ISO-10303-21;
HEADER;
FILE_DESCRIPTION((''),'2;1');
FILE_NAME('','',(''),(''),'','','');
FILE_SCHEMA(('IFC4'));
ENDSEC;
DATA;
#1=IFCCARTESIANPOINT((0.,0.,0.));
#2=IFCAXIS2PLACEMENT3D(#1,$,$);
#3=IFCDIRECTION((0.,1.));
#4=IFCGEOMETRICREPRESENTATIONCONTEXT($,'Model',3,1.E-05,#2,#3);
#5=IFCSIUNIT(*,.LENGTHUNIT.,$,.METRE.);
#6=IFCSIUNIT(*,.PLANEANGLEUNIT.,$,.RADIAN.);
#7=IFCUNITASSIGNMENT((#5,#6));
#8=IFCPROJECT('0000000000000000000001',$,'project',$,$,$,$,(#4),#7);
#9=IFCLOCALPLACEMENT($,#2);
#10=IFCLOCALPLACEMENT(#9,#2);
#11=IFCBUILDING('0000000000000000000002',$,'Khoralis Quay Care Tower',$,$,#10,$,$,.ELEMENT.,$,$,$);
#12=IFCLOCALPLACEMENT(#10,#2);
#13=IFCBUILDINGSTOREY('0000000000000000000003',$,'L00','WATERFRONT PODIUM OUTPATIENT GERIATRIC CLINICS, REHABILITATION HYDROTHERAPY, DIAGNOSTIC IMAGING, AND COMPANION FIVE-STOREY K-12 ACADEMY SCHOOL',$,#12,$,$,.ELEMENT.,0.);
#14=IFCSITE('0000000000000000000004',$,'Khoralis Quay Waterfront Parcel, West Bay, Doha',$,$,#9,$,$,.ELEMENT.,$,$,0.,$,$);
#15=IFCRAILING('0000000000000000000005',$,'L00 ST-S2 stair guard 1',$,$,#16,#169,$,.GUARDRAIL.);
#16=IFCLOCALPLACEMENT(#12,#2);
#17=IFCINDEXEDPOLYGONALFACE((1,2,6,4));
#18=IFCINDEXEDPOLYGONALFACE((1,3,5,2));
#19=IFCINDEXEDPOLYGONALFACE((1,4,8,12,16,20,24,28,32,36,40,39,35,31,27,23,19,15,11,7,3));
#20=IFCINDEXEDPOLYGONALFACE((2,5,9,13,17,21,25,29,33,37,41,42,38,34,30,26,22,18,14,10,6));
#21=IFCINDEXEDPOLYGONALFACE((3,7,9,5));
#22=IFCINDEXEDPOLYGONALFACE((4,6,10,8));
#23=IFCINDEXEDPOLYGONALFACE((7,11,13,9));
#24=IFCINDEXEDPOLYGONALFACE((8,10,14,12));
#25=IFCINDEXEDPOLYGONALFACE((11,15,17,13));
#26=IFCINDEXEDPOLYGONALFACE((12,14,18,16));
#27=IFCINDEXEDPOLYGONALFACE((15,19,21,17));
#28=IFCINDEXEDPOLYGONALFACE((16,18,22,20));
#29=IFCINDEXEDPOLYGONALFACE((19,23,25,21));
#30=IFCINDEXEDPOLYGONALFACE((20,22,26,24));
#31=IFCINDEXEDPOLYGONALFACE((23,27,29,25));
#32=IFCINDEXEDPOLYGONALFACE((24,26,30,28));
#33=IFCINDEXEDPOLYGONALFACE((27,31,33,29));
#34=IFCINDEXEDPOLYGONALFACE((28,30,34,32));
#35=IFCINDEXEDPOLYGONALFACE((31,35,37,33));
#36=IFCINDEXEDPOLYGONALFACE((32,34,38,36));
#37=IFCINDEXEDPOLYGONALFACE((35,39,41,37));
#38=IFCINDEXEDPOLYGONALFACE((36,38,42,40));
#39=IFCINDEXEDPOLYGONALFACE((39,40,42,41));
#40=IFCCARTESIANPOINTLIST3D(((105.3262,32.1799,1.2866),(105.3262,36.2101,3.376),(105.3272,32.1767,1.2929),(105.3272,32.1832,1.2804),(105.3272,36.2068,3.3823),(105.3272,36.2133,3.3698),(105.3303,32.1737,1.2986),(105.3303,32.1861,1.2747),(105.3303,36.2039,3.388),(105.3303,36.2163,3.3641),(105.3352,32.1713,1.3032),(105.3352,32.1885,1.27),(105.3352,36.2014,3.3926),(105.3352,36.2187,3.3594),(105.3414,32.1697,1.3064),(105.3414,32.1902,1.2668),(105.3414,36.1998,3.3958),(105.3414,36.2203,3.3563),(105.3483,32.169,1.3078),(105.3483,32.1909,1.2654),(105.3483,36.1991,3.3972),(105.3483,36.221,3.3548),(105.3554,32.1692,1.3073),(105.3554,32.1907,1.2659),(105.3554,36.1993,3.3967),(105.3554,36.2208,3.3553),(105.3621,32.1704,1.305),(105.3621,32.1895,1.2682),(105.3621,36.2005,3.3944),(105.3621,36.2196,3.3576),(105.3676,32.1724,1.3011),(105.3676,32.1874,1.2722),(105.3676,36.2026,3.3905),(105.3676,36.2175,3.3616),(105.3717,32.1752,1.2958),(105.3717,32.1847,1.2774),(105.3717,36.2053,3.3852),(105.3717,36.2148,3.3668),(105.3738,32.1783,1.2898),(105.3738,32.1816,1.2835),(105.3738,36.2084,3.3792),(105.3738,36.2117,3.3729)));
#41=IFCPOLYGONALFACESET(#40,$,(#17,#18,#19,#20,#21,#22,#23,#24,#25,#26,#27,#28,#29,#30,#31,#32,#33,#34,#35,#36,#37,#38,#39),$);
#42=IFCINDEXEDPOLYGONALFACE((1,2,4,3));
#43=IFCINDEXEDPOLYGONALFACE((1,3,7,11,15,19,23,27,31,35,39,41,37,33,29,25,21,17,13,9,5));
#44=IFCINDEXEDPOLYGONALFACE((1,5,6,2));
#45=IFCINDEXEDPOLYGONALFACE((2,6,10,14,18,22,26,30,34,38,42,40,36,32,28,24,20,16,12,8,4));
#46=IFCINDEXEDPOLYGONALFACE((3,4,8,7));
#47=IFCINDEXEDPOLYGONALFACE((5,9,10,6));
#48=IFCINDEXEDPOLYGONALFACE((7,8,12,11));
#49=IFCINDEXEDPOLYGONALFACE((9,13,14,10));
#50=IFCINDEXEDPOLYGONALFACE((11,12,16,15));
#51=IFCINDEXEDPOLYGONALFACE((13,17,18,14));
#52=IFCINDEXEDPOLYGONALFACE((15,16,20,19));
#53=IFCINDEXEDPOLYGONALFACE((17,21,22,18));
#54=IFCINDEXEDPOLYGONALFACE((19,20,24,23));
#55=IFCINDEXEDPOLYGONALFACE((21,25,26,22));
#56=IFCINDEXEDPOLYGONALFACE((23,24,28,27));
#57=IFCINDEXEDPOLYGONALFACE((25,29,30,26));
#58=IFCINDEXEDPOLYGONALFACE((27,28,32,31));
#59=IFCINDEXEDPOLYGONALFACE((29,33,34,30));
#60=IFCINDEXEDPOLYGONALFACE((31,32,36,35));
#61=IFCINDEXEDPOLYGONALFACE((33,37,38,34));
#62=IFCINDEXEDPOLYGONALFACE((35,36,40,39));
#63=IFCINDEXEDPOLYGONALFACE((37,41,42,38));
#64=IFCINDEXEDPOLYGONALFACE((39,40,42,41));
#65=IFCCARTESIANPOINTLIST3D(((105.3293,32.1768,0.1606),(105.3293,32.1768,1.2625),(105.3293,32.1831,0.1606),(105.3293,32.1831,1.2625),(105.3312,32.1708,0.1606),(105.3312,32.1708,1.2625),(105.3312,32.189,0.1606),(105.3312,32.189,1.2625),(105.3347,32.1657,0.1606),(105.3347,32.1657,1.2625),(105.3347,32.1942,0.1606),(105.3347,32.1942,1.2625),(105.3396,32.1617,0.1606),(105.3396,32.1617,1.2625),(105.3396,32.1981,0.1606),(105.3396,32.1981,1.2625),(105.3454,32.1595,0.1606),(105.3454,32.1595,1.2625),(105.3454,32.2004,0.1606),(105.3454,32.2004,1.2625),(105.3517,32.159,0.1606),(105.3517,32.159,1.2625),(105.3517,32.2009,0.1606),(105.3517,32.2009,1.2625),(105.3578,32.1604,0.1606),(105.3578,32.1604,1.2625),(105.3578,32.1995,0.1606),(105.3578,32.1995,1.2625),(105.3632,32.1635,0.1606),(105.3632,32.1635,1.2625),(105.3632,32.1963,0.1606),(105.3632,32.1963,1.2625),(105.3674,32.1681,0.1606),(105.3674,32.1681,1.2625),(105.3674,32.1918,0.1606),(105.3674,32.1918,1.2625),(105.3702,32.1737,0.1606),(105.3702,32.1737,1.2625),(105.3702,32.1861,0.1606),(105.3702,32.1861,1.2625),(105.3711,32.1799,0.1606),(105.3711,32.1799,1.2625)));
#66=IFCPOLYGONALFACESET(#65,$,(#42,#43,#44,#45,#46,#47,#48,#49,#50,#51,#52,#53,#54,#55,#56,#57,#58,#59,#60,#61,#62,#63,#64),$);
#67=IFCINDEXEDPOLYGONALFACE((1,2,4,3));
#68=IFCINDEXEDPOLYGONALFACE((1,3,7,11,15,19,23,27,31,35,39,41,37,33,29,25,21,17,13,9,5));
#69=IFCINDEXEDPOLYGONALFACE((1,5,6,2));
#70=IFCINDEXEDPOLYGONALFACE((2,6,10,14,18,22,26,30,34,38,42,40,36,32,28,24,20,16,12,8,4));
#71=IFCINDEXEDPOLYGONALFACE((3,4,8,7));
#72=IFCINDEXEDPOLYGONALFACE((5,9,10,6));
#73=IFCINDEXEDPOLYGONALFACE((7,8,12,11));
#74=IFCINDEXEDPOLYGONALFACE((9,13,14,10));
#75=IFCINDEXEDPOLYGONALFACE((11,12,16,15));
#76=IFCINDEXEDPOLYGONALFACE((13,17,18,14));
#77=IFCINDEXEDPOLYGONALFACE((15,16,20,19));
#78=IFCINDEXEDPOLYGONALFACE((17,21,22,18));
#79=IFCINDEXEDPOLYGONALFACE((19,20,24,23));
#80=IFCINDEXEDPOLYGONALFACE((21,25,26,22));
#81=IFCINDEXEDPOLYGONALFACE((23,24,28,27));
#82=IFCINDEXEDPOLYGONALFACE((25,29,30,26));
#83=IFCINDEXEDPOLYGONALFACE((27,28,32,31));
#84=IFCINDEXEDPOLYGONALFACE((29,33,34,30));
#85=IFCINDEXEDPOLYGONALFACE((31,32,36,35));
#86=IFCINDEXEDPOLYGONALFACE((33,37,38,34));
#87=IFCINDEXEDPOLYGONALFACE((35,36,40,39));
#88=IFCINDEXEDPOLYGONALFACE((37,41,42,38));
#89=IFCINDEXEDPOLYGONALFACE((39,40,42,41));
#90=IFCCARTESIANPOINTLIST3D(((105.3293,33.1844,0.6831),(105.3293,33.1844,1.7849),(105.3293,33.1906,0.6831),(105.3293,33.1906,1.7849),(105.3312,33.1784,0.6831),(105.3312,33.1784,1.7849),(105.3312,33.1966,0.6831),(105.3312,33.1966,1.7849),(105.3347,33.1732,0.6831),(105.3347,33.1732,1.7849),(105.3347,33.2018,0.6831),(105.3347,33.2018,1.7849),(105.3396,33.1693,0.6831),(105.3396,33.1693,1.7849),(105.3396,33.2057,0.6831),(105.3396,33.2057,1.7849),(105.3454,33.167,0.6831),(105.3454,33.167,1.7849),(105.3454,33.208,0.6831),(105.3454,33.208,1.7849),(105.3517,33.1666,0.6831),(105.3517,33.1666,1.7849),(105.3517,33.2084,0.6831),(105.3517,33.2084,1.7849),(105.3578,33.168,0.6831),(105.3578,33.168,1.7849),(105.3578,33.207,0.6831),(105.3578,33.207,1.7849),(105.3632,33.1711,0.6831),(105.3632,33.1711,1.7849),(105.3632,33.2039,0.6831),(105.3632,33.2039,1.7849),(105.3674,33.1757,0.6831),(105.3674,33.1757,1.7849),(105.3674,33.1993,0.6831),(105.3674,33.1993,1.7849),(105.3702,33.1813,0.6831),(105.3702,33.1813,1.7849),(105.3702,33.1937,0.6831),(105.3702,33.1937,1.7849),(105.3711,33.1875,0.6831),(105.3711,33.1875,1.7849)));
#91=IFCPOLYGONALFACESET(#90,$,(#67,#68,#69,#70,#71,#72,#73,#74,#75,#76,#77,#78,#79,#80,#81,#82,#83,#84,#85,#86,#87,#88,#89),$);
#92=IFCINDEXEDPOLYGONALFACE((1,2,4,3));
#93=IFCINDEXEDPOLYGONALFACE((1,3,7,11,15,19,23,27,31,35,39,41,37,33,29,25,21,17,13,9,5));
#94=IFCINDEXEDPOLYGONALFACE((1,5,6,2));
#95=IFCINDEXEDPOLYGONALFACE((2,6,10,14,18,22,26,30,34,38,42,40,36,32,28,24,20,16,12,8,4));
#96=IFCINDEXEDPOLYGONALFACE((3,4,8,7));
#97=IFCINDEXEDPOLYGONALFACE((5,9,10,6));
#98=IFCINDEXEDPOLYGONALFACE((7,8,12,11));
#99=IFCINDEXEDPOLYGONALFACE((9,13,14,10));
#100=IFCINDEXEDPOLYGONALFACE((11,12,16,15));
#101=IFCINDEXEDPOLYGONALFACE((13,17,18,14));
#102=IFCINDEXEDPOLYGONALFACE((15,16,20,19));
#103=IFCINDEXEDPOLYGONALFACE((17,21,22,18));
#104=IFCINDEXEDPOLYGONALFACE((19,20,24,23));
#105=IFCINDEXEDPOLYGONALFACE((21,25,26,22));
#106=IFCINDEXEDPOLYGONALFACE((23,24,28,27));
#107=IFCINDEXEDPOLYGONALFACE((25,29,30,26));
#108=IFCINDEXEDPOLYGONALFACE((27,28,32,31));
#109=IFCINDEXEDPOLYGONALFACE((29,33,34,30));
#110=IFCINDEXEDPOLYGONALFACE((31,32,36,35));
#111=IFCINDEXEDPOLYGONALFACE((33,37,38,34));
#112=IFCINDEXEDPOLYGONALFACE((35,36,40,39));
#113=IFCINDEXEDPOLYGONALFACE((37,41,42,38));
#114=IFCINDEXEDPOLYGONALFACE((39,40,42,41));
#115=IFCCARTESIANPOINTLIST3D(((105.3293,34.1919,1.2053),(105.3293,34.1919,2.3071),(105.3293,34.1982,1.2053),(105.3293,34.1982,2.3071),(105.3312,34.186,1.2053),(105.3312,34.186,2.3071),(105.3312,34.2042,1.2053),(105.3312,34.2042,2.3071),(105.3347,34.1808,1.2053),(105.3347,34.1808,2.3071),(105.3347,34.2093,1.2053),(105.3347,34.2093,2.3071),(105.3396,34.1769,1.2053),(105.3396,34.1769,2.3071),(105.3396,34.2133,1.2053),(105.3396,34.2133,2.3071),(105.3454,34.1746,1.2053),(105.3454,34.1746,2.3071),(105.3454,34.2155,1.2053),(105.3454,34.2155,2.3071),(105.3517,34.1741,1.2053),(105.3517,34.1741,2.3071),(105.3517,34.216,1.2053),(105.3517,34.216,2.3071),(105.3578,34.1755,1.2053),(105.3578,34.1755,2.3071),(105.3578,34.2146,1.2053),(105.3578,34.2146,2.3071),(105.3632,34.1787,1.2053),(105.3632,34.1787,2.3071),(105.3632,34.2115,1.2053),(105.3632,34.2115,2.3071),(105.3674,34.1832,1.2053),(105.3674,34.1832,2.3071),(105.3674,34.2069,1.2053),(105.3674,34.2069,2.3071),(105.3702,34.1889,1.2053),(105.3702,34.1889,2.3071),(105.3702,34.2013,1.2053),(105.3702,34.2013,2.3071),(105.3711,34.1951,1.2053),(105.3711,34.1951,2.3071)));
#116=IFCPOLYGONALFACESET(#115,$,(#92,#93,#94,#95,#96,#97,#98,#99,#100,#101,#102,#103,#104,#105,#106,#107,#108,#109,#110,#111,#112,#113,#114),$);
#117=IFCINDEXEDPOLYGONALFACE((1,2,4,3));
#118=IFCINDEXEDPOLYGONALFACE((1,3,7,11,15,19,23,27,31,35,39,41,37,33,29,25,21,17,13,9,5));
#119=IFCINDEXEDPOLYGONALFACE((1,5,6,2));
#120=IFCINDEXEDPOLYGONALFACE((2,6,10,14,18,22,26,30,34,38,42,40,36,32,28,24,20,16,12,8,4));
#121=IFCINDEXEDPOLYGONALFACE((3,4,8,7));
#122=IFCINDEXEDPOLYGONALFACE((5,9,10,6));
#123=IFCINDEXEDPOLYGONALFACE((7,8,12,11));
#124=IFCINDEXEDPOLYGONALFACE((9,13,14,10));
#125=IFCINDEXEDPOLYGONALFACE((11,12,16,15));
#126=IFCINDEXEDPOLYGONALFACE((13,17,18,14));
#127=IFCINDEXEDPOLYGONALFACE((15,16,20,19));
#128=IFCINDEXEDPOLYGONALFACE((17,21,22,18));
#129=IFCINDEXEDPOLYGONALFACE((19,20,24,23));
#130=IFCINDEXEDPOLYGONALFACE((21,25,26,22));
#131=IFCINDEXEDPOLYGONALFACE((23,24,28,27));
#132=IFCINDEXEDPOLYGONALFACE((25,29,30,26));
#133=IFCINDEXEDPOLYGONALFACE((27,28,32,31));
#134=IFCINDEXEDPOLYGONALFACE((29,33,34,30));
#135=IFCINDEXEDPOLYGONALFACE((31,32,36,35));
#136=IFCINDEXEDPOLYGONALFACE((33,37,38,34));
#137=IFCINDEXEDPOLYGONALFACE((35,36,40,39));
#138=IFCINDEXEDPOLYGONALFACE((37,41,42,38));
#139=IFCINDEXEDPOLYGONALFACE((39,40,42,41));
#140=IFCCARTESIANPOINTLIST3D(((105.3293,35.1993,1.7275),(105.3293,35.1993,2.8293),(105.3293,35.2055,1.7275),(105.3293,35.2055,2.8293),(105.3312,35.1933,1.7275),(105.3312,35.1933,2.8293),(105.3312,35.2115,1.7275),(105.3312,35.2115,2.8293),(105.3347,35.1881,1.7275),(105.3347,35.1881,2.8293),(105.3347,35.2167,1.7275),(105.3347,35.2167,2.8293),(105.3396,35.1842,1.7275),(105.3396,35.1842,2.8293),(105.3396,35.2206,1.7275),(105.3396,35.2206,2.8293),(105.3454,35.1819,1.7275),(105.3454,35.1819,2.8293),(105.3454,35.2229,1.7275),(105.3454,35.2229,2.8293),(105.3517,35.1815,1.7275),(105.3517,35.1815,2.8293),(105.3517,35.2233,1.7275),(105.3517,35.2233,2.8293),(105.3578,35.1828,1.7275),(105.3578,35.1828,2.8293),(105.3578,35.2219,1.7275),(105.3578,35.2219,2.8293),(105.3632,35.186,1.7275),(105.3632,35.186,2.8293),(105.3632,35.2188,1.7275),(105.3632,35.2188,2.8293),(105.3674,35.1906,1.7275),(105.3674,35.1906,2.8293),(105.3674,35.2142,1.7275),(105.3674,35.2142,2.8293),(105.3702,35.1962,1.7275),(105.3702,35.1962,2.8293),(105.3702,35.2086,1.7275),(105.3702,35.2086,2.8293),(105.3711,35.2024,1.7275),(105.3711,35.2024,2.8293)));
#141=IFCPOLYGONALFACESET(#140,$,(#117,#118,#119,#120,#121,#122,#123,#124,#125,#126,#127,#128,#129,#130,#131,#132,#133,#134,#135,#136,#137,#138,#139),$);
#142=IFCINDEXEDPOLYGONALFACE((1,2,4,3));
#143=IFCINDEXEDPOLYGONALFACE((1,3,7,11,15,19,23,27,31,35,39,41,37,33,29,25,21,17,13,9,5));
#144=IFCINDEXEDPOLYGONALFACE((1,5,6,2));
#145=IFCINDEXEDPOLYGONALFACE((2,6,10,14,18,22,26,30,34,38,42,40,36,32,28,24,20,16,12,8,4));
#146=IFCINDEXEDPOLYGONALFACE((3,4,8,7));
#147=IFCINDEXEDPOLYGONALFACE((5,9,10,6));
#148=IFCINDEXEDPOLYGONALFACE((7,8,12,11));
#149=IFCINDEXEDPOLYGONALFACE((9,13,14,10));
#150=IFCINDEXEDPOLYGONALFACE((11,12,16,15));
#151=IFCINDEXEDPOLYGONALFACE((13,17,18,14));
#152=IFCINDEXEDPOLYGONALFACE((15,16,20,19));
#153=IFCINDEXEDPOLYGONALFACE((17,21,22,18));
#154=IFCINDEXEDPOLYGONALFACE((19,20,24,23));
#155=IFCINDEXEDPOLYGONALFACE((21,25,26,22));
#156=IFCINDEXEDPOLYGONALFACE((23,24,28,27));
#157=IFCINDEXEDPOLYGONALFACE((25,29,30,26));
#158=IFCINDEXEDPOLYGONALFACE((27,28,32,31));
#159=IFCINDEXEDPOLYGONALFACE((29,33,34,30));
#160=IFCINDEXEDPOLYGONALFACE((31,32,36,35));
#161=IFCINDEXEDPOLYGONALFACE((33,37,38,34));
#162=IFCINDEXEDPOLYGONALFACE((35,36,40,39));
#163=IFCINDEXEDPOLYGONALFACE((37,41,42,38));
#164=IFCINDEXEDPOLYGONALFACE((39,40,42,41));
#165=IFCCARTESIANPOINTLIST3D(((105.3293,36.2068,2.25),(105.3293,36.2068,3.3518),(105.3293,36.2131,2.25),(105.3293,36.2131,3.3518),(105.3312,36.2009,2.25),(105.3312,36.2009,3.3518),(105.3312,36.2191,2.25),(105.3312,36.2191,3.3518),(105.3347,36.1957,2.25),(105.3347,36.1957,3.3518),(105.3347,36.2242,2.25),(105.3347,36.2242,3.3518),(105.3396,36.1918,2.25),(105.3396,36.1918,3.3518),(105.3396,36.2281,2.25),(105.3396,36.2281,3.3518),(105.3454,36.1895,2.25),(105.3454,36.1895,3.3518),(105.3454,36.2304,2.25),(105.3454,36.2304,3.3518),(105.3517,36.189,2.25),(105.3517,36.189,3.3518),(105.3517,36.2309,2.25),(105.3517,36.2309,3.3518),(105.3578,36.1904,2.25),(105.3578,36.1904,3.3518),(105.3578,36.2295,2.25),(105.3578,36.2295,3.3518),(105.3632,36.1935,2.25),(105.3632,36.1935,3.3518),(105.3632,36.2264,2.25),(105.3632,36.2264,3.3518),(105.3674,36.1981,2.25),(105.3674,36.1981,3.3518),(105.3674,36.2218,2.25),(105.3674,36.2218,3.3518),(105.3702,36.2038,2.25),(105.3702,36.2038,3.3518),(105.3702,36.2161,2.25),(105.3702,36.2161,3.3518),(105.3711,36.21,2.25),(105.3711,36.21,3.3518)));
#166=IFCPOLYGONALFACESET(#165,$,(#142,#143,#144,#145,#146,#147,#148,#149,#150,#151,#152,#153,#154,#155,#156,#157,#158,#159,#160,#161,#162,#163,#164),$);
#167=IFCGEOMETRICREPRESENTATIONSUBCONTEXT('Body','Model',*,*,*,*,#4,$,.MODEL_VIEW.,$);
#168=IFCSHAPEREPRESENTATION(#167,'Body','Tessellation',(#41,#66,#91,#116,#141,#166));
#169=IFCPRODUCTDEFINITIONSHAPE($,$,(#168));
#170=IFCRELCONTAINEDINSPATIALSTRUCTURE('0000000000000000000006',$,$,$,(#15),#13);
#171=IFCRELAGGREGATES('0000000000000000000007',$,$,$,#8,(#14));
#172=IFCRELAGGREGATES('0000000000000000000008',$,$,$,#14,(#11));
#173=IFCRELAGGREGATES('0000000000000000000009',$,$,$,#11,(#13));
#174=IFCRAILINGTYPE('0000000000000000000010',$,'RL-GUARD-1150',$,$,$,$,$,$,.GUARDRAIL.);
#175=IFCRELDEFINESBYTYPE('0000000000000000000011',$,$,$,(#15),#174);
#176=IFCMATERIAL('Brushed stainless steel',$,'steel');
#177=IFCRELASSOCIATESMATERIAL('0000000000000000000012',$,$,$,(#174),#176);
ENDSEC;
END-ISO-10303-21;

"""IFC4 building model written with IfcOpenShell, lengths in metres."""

from ifc_helpers import new_model, si_unit, direction, frame, origin, origin_2d, place, context, subcontext, project, spatial, circle, extrude, material, type_object, element, save


model = new_model("IFC4")

# Units and contexts
model_context = context("Model", 3, precision=1e-05, world=origin(), true_north=direction((0.0, 1.0)))
body_context = subcontext(model_context, "Body", "Model", "MODEL_VIEW")
ifc_project = project(units=[si_unit("LENGTHUNIT", "METRE"), si_unit("PLANEANGLEUNIT", "RADIAN")], contexts=[model_context])

# Site, building, storey
site_placement = place(None, origin())
site = spatial("IfcSite", under=ifc_project, at=site_placement, Name="Khoralis Quay Waterfront Parcel, West Bay, Doha", CompositionType="ELEMENT", RefElevation=0.0)
building_placement = place(site_placement, origin())
building = spatial("IfcBuilding", under=site, at=building_placement, Name="Khoralis Quay Care Tower", CompositionType="ELEMENT")
storey_placement = place(building_placement, origin())
storey = spatial("IfcBuildingStorey", under=building, at=storey_placement, Name="L00", Description="WATERFRONT PODIUM OUTPATIENT GERIATRIC CLINICS, REHABILITATION HYDROTHERAPY, DIAGNOSTIC IMAGING, AND COMPANION FIVE-STOREY K-12 ACADEMY SCHOOL", CompositionType="ELEMENT", Elevation=0.0)

# Railing
ifc_material_1 = material(Name="Brushed stainless steel", Category="steel")
railing_type_1 = type_object("IfcRailingType", Name="RL-GUARD-1150", PredefinedType="GUARDRAIL", material=ifc_material_1)
railing_1_placement = place(storey_placement, frame((105.3501, 32.1799, 0.1606)))
element("IfcRailing", 1, at=railing_1_placement, inside=storey, type_object=railing_type_1, Name="L00 ST-S2 stair guard 1", PredefinedType="GUARDRAIL", context=body_context, shape_type="SweptSolid", body=[
    extrude(circle(Radius=0.0239, at=origin_2d()), frame((0.0, 0.0, 1.126), z_axis=(0.0, 0.887781, 0.460267), x_axis=(-1.0, 0.0, 0.0)), (0.0, 0.0, 1.0), 4.5396),
    extrude(circle(Radius=0.021, at=origin_2d()), origin(), (0.0, 0.0, 1.0), 1.1018),
    extrude(circle(Radius=0.021, at=origin_2d()), frame((0.0, 1.0076, 0.5225)), (0.0, 0.0, 1.0), 1.1018),
    extrude(circle(Radius=0.021, at=origin_2d()), frame((0.0, 2.0151, 1.0447)), (0.0, 0.0, 1.0), 1.1018),
    extrude(circle(Radius=0.021, at=origin_2d()), frame((0.0, 3.0225, 1.5669)), (0.0, 0.0, 1.0), 1.1018),
    extrude(circle(Radius=0.021, at=origin_2d()), frame((0.0, 4.03, 2.0894)), (0.0, 0.0, 1.0), 1.1018),
])

save(model, "model.ifc")
